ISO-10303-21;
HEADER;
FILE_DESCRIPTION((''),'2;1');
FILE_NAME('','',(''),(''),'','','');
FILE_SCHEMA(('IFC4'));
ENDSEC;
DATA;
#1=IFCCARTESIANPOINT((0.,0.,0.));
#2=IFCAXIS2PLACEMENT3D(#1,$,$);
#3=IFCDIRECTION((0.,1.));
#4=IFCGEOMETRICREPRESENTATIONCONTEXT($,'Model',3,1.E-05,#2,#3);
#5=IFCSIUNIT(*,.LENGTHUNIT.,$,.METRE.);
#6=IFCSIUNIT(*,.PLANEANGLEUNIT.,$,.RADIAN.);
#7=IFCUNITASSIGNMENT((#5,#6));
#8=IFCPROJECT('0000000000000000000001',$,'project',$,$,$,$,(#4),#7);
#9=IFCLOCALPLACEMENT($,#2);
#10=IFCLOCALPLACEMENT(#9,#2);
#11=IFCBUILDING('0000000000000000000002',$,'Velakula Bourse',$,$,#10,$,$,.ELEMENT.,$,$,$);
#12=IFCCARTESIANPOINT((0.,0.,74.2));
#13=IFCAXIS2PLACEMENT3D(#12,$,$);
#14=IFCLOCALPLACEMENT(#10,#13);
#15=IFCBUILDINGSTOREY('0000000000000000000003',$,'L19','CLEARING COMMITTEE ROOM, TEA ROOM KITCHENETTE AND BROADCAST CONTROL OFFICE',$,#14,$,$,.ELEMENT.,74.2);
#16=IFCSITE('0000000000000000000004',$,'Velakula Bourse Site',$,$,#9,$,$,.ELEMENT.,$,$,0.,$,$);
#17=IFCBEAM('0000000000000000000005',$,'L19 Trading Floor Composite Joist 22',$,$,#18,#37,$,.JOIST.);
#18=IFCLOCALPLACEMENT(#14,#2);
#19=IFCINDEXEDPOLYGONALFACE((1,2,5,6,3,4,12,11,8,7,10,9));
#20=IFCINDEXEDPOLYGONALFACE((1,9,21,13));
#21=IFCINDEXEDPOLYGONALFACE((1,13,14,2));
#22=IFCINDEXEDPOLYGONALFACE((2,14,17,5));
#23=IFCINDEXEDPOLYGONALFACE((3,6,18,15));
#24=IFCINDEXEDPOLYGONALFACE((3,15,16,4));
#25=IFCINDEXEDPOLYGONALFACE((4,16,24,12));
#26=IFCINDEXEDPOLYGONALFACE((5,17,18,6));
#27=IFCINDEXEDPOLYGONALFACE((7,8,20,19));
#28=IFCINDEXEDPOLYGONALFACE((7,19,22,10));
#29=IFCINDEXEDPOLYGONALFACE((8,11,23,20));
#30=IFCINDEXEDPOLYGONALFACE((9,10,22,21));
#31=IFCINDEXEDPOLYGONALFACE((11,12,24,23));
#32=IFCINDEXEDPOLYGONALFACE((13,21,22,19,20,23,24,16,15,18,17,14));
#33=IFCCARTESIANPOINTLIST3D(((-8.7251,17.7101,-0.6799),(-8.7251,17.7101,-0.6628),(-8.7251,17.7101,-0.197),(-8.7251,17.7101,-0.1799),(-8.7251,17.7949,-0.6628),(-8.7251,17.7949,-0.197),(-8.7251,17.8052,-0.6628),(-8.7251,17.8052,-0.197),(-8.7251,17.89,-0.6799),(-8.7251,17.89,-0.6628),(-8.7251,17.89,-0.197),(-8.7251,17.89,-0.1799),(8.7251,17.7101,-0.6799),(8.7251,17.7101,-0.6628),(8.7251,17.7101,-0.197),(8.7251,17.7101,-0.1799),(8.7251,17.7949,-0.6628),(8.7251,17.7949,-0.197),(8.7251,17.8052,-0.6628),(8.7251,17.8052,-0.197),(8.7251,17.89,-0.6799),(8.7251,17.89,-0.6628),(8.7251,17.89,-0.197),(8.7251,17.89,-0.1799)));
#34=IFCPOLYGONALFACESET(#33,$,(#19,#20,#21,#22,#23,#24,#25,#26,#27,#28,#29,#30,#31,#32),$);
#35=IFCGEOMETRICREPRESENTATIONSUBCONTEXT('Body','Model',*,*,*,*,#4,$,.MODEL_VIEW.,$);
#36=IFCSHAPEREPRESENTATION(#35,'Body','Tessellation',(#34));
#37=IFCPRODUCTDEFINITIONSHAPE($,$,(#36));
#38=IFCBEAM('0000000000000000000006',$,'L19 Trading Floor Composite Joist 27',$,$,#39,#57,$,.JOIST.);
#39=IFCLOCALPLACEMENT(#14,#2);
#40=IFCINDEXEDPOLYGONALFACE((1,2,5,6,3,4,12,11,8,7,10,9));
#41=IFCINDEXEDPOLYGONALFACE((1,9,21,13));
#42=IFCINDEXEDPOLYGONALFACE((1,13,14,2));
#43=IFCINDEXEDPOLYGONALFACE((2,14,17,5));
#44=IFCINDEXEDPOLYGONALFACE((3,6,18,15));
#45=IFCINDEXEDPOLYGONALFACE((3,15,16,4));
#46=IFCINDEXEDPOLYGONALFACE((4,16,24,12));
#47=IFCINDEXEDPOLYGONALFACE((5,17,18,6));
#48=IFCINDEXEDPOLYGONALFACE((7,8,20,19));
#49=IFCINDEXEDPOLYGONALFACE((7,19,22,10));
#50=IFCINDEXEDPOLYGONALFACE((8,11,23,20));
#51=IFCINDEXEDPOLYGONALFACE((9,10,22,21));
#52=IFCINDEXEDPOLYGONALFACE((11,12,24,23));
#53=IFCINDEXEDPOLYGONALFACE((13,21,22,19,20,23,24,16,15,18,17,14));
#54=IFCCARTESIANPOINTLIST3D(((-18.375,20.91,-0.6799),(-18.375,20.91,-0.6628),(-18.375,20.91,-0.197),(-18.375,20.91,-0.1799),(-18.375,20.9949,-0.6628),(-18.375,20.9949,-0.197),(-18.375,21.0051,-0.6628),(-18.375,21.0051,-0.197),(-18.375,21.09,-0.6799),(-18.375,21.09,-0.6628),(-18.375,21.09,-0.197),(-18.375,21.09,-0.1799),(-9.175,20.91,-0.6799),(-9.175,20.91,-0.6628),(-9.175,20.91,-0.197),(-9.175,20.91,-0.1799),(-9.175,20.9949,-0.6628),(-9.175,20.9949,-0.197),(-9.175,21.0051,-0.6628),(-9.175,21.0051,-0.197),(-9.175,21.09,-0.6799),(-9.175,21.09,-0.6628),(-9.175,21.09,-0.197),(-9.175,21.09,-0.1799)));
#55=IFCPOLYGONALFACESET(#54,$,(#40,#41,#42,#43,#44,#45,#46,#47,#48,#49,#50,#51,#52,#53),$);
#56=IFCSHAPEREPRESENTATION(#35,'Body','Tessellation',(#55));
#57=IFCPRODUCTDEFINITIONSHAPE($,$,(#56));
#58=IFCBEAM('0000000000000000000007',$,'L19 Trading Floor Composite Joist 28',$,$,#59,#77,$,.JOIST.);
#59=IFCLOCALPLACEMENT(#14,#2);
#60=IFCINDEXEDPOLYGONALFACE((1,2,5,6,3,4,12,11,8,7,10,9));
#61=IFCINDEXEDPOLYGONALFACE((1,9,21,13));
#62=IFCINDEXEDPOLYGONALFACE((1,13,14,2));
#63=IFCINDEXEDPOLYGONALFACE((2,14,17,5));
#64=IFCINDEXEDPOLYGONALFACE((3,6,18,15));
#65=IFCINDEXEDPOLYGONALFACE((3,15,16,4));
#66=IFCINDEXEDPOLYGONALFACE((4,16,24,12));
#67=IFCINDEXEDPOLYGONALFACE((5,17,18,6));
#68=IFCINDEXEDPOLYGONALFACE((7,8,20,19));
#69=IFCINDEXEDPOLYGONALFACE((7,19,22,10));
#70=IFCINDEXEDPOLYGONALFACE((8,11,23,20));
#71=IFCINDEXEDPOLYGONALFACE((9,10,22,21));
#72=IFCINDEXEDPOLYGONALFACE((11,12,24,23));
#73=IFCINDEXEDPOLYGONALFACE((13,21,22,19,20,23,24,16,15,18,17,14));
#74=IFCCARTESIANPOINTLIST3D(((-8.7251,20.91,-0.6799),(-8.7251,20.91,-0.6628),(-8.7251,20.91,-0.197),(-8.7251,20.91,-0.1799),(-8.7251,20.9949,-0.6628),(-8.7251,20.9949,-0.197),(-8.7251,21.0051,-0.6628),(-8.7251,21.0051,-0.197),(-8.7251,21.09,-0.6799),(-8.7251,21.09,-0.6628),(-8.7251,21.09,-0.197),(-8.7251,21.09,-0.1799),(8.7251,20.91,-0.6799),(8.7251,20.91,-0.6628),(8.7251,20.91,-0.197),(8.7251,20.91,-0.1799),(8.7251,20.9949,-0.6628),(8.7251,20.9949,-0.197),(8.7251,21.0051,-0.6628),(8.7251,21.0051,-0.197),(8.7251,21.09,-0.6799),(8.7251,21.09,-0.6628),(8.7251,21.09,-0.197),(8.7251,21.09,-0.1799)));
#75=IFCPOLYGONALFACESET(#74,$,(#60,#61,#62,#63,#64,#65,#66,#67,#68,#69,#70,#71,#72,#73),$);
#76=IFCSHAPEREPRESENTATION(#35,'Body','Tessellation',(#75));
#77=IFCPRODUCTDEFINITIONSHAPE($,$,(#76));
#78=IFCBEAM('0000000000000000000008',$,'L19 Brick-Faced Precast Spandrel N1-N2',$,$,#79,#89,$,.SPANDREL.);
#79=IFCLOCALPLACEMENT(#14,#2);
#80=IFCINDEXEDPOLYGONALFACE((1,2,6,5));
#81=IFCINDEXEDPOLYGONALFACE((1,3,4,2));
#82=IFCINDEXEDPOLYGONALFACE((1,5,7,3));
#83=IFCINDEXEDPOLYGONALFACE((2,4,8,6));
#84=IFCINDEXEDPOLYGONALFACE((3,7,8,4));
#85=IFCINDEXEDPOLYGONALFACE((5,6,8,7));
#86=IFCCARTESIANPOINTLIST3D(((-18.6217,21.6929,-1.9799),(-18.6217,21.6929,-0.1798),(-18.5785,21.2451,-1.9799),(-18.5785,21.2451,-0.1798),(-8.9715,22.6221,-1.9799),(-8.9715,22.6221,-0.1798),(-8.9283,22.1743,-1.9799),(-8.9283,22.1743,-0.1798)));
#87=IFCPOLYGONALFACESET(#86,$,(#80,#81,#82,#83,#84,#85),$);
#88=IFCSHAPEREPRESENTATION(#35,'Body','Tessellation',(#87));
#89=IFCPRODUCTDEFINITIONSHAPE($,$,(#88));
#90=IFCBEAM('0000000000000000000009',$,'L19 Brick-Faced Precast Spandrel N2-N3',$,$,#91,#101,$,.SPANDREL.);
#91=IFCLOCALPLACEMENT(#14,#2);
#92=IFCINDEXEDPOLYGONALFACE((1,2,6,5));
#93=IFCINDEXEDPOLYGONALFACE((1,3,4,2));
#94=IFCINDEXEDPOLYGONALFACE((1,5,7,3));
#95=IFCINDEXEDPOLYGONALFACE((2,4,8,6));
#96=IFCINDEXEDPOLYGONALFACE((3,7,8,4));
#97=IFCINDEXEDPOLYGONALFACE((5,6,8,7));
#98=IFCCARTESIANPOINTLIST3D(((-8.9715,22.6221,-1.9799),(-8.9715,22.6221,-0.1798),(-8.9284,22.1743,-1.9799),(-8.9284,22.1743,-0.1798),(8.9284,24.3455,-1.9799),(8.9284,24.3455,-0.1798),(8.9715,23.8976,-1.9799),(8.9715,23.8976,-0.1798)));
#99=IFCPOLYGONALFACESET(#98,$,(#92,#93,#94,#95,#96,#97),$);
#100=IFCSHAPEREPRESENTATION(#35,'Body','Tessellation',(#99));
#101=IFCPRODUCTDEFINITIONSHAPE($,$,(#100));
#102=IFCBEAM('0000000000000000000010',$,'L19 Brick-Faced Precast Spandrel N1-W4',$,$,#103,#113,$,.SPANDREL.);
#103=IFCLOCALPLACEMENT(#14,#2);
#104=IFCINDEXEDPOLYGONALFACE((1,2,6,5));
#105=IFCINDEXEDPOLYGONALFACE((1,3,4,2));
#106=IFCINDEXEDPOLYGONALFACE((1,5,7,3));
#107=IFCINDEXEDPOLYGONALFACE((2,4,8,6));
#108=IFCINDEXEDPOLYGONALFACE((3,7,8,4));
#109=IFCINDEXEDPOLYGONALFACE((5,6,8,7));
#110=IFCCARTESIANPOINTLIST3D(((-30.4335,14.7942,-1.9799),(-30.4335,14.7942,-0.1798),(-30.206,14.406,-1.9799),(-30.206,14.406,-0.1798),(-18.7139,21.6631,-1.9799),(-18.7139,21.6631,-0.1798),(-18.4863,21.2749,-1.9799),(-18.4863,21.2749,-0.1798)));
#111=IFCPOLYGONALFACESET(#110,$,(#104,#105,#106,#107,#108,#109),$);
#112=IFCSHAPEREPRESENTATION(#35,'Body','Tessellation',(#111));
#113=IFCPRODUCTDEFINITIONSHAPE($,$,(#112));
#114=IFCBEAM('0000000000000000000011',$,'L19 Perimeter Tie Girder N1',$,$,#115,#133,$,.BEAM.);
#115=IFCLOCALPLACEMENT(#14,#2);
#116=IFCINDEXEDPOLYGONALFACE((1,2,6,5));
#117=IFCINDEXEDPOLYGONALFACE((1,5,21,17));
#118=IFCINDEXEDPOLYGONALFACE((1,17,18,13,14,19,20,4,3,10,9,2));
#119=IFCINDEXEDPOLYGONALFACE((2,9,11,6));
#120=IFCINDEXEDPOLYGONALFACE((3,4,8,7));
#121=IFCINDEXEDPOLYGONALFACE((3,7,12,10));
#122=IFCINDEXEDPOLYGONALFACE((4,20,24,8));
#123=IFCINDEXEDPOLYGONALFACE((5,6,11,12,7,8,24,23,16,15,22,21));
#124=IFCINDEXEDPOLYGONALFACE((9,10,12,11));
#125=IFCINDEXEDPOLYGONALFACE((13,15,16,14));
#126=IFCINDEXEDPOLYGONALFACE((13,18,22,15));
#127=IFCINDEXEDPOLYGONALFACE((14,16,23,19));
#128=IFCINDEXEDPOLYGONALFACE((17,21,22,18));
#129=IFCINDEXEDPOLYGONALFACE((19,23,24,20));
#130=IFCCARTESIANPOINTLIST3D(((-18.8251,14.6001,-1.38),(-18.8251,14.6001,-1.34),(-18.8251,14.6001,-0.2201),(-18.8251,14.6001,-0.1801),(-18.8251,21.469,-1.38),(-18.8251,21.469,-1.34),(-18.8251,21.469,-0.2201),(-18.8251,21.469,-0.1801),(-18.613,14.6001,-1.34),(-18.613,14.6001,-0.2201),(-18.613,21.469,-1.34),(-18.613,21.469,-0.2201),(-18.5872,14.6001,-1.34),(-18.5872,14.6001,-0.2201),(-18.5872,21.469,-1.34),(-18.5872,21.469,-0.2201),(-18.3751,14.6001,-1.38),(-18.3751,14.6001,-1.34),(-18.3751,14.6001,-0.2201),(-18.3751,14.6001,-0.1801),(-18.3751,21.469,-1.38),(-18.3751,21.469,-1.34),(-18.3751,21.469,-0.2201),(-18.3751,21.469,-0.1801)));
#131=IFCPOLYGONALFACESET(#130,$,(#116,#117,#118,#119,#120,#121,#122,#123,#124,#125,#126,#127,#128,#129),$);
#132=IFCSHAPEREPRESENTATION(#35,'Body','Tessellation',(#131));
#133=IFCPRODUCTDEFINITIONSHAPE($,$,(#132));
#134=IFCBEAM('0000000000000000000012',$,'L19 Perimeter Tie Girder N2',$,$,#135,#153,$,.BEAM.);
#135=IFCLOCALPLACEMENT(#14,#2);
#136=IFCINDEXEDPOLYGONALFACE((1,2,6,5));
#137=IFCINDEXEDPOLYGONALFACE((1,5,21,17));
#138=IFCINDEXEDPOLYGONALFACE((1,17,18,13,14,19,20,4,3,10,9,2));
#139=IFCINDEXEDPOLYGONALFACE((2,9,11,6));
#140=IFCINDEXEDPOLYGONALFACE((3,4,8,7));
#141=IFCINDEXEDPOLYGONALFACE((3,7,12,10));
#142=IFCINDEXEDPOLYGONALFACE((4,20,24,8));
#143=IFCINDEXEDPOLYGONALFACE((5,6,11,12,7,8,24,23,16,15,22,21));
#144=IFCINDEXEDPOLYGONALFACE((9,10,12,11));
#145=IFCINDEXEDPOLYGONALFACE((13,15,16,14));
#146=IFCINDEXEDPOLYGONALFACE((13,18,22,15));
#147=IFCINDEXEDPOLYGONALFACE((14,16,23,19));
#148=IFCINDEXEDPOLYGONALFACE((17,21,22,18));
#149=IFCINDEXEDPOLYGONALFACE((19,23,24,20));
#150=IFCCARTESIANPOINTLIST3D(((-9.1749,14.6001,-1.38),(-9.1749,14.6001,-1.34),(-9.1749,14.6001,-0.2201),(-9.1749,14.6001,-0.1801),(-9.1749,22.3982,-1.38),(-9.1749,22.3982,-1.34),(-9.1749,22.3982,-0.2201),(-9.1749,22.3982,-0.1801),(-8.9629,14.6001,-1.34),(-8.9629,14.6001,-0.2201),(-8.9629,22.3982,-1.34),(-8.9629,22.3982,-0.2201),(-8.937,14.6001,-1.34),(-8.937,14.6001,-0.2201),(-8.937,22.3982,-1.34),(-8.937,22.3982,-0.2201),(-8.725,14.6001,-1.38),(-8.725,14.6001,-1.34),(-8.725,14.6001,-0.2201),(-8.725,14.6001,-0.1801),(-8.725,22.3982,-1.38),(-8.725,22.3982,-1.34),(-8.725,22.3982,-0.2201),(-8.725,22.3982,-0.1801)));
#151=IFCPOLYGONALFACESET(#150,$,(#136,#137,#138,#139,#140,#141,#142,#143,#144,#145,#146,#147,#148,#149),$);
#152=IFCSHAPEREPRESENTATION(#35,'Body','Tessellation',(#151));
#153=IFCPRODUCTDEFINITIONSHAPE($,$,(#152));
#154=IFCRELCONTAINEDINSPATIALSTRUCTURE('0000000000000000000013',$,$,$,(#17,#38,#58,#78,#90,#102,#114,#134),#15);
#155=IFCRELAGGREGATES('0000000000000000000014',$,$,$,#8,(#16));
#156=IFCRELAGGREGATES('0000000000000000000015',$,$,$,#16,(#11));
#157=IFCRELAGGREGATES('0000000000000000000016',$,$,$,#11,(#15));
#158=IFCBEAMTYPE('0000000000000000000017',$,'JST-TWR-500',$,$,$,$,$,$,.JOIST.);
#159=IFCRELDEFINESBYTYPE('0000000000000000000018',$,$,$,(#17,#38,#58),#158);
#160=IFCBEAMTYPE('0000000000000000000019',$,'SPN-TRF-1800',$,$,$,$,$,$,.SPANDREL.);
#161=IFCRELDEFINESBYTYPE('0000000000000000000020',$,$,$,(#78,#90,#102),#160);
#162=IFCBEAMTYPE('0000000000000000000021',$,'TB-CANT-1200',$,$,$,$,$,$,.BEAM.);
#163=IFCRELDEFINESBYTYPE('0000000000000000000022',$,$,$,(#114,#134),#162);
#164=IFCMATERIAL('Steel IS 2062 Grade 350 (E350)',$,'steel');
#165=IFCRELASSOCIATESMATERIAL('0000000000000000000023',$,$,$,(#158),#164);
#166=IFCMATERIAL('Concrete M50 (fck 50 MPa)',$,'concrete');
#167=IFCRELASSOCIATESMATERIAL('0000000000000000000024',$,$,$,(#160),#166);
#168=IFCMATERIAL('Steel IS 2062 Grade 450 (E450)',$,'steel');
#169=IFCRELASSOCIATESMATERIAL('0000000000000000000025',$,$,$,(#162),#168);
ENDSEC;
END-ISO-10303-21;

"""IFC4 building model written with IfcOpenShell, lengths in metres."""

from ifc_helpers import new_model, si_unit, direction, frame, origin, origin_2d, place, context, subcontext, project, spatial, rectangle, i_section, extrude, material, material_profile, profile_set, type_object, element, save


model = new_model("IFC4")

# Units and contexts
model_context = context("Model", 3, precision=1e-05, world=origin(), true_north=direction((0.0, 1.0)))
body_context = subcontext(model_context, "Body", "Model", "MODEL_VIEW")
ifc_project = project(units=[si_unit("LENGTHUNIT", "METRE"), si_unit("PLANEANGLEUNIT", "RADIAN")], contexts=[model_context])

# Site, building, storey
site_placement = place(None, origin())
site = spatial("IfcSite", under=ifc_project, at=site_placement, Name="Velakula Bourse Site", CompositionType="ELEMENT", RefElevation=0.0)
building_placement = place(site_placement, origin())
building = spatial("IfcBuilding", under=site, at=building_placement, Name="Velakula Bourse", CompositionType="ELEMENT")
storey_placement = place(building_placement, frame((0.0, 0.0, 74.2)))
storey = spatial("IfcBuildingStorey", under=building, at=storey_placement, Name="L19", Description="CLEARING COMMITTEE ROOM, TEA ROOM KITCHENETTE AND BROADCAST CONTROL OFFICE", CompositionType="ELEMENT", Elevation=74.2)

# Shared definitions
ifc_material_1 = material(Name="Steel IS 2062 Grade 450 (E450)", Category="steel")

# Beams
ifc_material_2 = material(Name="Steel IS 2062 Grade 350 (E350)", Category="steel")
ifc_material_profile_1 = material_profile(ifc_material_2, i_section(OverallWidth=0.1799, OverallDepth=0.5, WebThickness=0.0103, FlangeThickness=0.0171, at=origin_2d()), Name="Steel IS 2062 Grade 350 (E350)")
ifc_profile_set_1 = profile_set([ifc_material_profile_1], Name="Steel IS 2062 Grade 350 (E350)")
beam_type_1 = type_object("IfcBeamType", Name="JST-TWR-500", PredefinedType="JOIST", material=ifc_profile_set_1)
beam_1_placement = place(storey_placement, frame((-8.7251, 17.8, -0.4299), z_axis=(1.0, 0.0, 0.0), x_axis=(0.0, 1.0, 0.0)))
element("IfcBeam", 1, at=beam_1_placement, inside=storey, type_object=beam_type_1, Name="L19 Trading Floor Composite Joist 22", PredefinedType="JOIST", context=body_context, shape_type="SweptSolid", body=[
    extrude(i_section(OverallWidth=0.1799, OverallDepth=0.5, WebThickness=0.0103, FlangeThickness=0.0171, at=origin_2d()), origin(), (0.0, 0.0, 1.0), 17.4502),
])
beam_2_placement = place(storey_placement, frame((-18.375, 21.0, -0.4299), z_axis=(1.0, 0.0, 0.0), x_axis=(0.0, 1.0, 0.0)))
element("IfcBeam", 2, at=beam_2_placement, inside=storey, type_object=beam_type_1, Name="L19 Trading Floor Composite Joist 27", PredefinedType="JOIST", context=body_context, shape_type="SweptSolid", body=[
    extrude(i_section(OverallWidth=0.1799, OverallDepth=0.5, WebThickness=0.0103, FlangeThickness=0.0171, at=origin_2d()), origin(), (0.0, 0.0, 1.0), 9.2),
])
beam_3_placement = place(storey_placement, frame((-8.7251, 21.0, -0.4299), z_axis=(1.0, 0.0, 0.0), x_axis=(0.0, 1.0, 0.0)))
element("IfcBeam", 3, at=beam_3_placement, inside=storey, type_object=beam_type_1, Name="L19 Trading Floor Composite Joist 28", PredefinedType="JOIST", context=body_context, shape_type="SweptSolid", body=[
    extrude(i_section(OverallWidth=0.1799, OverallDepth=0.5, WebThickness=0.0103, FlangeThickness=0.0171, at=origin_2d()), origin(), (0.0, 0.0, 1.0), 17.4502),
])
ifc_material_3 = material(Name="Concrete M50 (fck 50 MPa)", Category="concrete")
ifc_material_profile_2 = material_profile(ifc_material_3, rectangle(XDim=0.45, YDim=1.8, at=origin_2d()), Name="Concrete M50 (fck 50 MPa)")
ifc_profile_set_2 = profile_set([ifc_material_profile_2], Name="Concrete M50 (fck 50 MPa)")
beam_type_2 = type_object("IfcBeamType", Name="SPN-TRF-1800", PredefinedType="SPANDREL", material=ifc_profile_set_2)
beam_4_placement = place(storey_placement, frame((-18.6001, 21.469, -1.0798), z_axis=(0.995396, 0.095845, 0.0), x_axis=(-0.095845, 0.995396, 0.0)))
element("IfcBeam", 4, at=beam_4_placement, inside=storey, type_object=beam_type_2, Name="L19 Brick-Faced Precast Spandrel N1-N2", PredefinedType="SPANDREL", context=body_context, shape_type="SweptSolid", body=[
    extrude(rectangle(XDim=0.45, YDim=1.8, at=origin_2d()), origin(), (0.0, 0.0, 1.0), 9.6948),
])
beam_5_placement = place(storey_placement, frame((-8.95, 22.3982, -1.0798), z_axis=(0.995397, 0.095836, 0.0), x_axis=(-0.095836, 0.995397, 0.0)))
element("IfcBeam", 5, at=beam_5_placement, inside=storey, type_object=beam_type_2, Name="L19 Brick-Faced Precast Spandrel N2-N3", PredefinedType="SPANDREL", context=body_context, shape_type="SweptSolid", body=[
    extrude(rectangle(XDim=0.45, YDim=1.8, at=origin_2d()), origin(), (0.0, 0.0, 1.0), 17.9827),
])
beam_6_placement = place(storey_placement, frame((-18.6001, 21.469, -1.0798), z_axis=(-0.862739, -0.505649, 0.0), x_axis=(0.505649, -0.862739, 0.0)))
element("IfcBeam", 6, at=beam_6_placement, inside=storey, type_object=beam_type_2, Name="L19 Brick-Faced Precast Spandrel N1-W4", PredefinedType="SPANDREL", context=body_context, shape_type="SweptSolid", body=[
    extrude(rectangle(XDim=0.45, YDim=1.8, at=origin_2d()), origin(), (0.0, 0.0, 1.0), 13.5842),
])
ifc_material_profile_3 = material_profile(ifc_material_1, i_section(OverallWidth=0.45, OverallDepth=1.2, WebThickness=0.0259, FlangeThickness=0.04, at=origin_2d()), Name="Steel IS 2062 Grade 450 (E450)")
ifc_profile_set_3 = profile_set([ifc_material_profile_3], Name="Steel IS 2062 Grade 450 (E450)")
beam_type_3 = type_object("IfcBeamType", Name="TB-CANT-1200", PredefinedType="BEAM", material=ifc_profile_set_3)
beam_7_placement = place(storey_placement, frame((-18.6001, 14.6001, -0.78), z_axis=(0.0, 1.0, 0.0), x_axis=(-1.0, 0.0, 0.0)))
element("IfcBeam", 7, at=beam_7_placement, inside=storey, type_object=beam_type_3, Name="L19 Perimeter Tie Girder N1", PredefinedType="BEAM", context=body_context, shape_type="SweptSolid", body=[
    extrude(i_section(OverallWidth=0.45, OverallDepth=1.2, WebThickness=0.0259, FlangeThickness=0.04, at=origin_2d()), origin(), (0.0, 0.0, 1.0), 6.8689),
])
beam_8_placement = place(storey_placement, frame((-8.95, 14.6001, -0.78), z_axis=(0.0, 1.0, 0.0), x_axis=(-1.0, 0.0, 0.0)))
element("IfcBeam", 8, at=beam_8_placement, inside=storey, type_object=beam_type_3, Name="L19 Perimeter Tie Girder N2", PredefinedType="BEAM", context=body_context, shape_type="SweptSolid", body=[
    extrude(i_section(OverallWidth=0.45, OverallDepth=1.2, WebThickness=0.0259, FlangeThickness=0.04, at=origin_2d()), origin(), (0.0, 0.0, 1.0), 7.7981),
])

save(model, "model.ifc")
